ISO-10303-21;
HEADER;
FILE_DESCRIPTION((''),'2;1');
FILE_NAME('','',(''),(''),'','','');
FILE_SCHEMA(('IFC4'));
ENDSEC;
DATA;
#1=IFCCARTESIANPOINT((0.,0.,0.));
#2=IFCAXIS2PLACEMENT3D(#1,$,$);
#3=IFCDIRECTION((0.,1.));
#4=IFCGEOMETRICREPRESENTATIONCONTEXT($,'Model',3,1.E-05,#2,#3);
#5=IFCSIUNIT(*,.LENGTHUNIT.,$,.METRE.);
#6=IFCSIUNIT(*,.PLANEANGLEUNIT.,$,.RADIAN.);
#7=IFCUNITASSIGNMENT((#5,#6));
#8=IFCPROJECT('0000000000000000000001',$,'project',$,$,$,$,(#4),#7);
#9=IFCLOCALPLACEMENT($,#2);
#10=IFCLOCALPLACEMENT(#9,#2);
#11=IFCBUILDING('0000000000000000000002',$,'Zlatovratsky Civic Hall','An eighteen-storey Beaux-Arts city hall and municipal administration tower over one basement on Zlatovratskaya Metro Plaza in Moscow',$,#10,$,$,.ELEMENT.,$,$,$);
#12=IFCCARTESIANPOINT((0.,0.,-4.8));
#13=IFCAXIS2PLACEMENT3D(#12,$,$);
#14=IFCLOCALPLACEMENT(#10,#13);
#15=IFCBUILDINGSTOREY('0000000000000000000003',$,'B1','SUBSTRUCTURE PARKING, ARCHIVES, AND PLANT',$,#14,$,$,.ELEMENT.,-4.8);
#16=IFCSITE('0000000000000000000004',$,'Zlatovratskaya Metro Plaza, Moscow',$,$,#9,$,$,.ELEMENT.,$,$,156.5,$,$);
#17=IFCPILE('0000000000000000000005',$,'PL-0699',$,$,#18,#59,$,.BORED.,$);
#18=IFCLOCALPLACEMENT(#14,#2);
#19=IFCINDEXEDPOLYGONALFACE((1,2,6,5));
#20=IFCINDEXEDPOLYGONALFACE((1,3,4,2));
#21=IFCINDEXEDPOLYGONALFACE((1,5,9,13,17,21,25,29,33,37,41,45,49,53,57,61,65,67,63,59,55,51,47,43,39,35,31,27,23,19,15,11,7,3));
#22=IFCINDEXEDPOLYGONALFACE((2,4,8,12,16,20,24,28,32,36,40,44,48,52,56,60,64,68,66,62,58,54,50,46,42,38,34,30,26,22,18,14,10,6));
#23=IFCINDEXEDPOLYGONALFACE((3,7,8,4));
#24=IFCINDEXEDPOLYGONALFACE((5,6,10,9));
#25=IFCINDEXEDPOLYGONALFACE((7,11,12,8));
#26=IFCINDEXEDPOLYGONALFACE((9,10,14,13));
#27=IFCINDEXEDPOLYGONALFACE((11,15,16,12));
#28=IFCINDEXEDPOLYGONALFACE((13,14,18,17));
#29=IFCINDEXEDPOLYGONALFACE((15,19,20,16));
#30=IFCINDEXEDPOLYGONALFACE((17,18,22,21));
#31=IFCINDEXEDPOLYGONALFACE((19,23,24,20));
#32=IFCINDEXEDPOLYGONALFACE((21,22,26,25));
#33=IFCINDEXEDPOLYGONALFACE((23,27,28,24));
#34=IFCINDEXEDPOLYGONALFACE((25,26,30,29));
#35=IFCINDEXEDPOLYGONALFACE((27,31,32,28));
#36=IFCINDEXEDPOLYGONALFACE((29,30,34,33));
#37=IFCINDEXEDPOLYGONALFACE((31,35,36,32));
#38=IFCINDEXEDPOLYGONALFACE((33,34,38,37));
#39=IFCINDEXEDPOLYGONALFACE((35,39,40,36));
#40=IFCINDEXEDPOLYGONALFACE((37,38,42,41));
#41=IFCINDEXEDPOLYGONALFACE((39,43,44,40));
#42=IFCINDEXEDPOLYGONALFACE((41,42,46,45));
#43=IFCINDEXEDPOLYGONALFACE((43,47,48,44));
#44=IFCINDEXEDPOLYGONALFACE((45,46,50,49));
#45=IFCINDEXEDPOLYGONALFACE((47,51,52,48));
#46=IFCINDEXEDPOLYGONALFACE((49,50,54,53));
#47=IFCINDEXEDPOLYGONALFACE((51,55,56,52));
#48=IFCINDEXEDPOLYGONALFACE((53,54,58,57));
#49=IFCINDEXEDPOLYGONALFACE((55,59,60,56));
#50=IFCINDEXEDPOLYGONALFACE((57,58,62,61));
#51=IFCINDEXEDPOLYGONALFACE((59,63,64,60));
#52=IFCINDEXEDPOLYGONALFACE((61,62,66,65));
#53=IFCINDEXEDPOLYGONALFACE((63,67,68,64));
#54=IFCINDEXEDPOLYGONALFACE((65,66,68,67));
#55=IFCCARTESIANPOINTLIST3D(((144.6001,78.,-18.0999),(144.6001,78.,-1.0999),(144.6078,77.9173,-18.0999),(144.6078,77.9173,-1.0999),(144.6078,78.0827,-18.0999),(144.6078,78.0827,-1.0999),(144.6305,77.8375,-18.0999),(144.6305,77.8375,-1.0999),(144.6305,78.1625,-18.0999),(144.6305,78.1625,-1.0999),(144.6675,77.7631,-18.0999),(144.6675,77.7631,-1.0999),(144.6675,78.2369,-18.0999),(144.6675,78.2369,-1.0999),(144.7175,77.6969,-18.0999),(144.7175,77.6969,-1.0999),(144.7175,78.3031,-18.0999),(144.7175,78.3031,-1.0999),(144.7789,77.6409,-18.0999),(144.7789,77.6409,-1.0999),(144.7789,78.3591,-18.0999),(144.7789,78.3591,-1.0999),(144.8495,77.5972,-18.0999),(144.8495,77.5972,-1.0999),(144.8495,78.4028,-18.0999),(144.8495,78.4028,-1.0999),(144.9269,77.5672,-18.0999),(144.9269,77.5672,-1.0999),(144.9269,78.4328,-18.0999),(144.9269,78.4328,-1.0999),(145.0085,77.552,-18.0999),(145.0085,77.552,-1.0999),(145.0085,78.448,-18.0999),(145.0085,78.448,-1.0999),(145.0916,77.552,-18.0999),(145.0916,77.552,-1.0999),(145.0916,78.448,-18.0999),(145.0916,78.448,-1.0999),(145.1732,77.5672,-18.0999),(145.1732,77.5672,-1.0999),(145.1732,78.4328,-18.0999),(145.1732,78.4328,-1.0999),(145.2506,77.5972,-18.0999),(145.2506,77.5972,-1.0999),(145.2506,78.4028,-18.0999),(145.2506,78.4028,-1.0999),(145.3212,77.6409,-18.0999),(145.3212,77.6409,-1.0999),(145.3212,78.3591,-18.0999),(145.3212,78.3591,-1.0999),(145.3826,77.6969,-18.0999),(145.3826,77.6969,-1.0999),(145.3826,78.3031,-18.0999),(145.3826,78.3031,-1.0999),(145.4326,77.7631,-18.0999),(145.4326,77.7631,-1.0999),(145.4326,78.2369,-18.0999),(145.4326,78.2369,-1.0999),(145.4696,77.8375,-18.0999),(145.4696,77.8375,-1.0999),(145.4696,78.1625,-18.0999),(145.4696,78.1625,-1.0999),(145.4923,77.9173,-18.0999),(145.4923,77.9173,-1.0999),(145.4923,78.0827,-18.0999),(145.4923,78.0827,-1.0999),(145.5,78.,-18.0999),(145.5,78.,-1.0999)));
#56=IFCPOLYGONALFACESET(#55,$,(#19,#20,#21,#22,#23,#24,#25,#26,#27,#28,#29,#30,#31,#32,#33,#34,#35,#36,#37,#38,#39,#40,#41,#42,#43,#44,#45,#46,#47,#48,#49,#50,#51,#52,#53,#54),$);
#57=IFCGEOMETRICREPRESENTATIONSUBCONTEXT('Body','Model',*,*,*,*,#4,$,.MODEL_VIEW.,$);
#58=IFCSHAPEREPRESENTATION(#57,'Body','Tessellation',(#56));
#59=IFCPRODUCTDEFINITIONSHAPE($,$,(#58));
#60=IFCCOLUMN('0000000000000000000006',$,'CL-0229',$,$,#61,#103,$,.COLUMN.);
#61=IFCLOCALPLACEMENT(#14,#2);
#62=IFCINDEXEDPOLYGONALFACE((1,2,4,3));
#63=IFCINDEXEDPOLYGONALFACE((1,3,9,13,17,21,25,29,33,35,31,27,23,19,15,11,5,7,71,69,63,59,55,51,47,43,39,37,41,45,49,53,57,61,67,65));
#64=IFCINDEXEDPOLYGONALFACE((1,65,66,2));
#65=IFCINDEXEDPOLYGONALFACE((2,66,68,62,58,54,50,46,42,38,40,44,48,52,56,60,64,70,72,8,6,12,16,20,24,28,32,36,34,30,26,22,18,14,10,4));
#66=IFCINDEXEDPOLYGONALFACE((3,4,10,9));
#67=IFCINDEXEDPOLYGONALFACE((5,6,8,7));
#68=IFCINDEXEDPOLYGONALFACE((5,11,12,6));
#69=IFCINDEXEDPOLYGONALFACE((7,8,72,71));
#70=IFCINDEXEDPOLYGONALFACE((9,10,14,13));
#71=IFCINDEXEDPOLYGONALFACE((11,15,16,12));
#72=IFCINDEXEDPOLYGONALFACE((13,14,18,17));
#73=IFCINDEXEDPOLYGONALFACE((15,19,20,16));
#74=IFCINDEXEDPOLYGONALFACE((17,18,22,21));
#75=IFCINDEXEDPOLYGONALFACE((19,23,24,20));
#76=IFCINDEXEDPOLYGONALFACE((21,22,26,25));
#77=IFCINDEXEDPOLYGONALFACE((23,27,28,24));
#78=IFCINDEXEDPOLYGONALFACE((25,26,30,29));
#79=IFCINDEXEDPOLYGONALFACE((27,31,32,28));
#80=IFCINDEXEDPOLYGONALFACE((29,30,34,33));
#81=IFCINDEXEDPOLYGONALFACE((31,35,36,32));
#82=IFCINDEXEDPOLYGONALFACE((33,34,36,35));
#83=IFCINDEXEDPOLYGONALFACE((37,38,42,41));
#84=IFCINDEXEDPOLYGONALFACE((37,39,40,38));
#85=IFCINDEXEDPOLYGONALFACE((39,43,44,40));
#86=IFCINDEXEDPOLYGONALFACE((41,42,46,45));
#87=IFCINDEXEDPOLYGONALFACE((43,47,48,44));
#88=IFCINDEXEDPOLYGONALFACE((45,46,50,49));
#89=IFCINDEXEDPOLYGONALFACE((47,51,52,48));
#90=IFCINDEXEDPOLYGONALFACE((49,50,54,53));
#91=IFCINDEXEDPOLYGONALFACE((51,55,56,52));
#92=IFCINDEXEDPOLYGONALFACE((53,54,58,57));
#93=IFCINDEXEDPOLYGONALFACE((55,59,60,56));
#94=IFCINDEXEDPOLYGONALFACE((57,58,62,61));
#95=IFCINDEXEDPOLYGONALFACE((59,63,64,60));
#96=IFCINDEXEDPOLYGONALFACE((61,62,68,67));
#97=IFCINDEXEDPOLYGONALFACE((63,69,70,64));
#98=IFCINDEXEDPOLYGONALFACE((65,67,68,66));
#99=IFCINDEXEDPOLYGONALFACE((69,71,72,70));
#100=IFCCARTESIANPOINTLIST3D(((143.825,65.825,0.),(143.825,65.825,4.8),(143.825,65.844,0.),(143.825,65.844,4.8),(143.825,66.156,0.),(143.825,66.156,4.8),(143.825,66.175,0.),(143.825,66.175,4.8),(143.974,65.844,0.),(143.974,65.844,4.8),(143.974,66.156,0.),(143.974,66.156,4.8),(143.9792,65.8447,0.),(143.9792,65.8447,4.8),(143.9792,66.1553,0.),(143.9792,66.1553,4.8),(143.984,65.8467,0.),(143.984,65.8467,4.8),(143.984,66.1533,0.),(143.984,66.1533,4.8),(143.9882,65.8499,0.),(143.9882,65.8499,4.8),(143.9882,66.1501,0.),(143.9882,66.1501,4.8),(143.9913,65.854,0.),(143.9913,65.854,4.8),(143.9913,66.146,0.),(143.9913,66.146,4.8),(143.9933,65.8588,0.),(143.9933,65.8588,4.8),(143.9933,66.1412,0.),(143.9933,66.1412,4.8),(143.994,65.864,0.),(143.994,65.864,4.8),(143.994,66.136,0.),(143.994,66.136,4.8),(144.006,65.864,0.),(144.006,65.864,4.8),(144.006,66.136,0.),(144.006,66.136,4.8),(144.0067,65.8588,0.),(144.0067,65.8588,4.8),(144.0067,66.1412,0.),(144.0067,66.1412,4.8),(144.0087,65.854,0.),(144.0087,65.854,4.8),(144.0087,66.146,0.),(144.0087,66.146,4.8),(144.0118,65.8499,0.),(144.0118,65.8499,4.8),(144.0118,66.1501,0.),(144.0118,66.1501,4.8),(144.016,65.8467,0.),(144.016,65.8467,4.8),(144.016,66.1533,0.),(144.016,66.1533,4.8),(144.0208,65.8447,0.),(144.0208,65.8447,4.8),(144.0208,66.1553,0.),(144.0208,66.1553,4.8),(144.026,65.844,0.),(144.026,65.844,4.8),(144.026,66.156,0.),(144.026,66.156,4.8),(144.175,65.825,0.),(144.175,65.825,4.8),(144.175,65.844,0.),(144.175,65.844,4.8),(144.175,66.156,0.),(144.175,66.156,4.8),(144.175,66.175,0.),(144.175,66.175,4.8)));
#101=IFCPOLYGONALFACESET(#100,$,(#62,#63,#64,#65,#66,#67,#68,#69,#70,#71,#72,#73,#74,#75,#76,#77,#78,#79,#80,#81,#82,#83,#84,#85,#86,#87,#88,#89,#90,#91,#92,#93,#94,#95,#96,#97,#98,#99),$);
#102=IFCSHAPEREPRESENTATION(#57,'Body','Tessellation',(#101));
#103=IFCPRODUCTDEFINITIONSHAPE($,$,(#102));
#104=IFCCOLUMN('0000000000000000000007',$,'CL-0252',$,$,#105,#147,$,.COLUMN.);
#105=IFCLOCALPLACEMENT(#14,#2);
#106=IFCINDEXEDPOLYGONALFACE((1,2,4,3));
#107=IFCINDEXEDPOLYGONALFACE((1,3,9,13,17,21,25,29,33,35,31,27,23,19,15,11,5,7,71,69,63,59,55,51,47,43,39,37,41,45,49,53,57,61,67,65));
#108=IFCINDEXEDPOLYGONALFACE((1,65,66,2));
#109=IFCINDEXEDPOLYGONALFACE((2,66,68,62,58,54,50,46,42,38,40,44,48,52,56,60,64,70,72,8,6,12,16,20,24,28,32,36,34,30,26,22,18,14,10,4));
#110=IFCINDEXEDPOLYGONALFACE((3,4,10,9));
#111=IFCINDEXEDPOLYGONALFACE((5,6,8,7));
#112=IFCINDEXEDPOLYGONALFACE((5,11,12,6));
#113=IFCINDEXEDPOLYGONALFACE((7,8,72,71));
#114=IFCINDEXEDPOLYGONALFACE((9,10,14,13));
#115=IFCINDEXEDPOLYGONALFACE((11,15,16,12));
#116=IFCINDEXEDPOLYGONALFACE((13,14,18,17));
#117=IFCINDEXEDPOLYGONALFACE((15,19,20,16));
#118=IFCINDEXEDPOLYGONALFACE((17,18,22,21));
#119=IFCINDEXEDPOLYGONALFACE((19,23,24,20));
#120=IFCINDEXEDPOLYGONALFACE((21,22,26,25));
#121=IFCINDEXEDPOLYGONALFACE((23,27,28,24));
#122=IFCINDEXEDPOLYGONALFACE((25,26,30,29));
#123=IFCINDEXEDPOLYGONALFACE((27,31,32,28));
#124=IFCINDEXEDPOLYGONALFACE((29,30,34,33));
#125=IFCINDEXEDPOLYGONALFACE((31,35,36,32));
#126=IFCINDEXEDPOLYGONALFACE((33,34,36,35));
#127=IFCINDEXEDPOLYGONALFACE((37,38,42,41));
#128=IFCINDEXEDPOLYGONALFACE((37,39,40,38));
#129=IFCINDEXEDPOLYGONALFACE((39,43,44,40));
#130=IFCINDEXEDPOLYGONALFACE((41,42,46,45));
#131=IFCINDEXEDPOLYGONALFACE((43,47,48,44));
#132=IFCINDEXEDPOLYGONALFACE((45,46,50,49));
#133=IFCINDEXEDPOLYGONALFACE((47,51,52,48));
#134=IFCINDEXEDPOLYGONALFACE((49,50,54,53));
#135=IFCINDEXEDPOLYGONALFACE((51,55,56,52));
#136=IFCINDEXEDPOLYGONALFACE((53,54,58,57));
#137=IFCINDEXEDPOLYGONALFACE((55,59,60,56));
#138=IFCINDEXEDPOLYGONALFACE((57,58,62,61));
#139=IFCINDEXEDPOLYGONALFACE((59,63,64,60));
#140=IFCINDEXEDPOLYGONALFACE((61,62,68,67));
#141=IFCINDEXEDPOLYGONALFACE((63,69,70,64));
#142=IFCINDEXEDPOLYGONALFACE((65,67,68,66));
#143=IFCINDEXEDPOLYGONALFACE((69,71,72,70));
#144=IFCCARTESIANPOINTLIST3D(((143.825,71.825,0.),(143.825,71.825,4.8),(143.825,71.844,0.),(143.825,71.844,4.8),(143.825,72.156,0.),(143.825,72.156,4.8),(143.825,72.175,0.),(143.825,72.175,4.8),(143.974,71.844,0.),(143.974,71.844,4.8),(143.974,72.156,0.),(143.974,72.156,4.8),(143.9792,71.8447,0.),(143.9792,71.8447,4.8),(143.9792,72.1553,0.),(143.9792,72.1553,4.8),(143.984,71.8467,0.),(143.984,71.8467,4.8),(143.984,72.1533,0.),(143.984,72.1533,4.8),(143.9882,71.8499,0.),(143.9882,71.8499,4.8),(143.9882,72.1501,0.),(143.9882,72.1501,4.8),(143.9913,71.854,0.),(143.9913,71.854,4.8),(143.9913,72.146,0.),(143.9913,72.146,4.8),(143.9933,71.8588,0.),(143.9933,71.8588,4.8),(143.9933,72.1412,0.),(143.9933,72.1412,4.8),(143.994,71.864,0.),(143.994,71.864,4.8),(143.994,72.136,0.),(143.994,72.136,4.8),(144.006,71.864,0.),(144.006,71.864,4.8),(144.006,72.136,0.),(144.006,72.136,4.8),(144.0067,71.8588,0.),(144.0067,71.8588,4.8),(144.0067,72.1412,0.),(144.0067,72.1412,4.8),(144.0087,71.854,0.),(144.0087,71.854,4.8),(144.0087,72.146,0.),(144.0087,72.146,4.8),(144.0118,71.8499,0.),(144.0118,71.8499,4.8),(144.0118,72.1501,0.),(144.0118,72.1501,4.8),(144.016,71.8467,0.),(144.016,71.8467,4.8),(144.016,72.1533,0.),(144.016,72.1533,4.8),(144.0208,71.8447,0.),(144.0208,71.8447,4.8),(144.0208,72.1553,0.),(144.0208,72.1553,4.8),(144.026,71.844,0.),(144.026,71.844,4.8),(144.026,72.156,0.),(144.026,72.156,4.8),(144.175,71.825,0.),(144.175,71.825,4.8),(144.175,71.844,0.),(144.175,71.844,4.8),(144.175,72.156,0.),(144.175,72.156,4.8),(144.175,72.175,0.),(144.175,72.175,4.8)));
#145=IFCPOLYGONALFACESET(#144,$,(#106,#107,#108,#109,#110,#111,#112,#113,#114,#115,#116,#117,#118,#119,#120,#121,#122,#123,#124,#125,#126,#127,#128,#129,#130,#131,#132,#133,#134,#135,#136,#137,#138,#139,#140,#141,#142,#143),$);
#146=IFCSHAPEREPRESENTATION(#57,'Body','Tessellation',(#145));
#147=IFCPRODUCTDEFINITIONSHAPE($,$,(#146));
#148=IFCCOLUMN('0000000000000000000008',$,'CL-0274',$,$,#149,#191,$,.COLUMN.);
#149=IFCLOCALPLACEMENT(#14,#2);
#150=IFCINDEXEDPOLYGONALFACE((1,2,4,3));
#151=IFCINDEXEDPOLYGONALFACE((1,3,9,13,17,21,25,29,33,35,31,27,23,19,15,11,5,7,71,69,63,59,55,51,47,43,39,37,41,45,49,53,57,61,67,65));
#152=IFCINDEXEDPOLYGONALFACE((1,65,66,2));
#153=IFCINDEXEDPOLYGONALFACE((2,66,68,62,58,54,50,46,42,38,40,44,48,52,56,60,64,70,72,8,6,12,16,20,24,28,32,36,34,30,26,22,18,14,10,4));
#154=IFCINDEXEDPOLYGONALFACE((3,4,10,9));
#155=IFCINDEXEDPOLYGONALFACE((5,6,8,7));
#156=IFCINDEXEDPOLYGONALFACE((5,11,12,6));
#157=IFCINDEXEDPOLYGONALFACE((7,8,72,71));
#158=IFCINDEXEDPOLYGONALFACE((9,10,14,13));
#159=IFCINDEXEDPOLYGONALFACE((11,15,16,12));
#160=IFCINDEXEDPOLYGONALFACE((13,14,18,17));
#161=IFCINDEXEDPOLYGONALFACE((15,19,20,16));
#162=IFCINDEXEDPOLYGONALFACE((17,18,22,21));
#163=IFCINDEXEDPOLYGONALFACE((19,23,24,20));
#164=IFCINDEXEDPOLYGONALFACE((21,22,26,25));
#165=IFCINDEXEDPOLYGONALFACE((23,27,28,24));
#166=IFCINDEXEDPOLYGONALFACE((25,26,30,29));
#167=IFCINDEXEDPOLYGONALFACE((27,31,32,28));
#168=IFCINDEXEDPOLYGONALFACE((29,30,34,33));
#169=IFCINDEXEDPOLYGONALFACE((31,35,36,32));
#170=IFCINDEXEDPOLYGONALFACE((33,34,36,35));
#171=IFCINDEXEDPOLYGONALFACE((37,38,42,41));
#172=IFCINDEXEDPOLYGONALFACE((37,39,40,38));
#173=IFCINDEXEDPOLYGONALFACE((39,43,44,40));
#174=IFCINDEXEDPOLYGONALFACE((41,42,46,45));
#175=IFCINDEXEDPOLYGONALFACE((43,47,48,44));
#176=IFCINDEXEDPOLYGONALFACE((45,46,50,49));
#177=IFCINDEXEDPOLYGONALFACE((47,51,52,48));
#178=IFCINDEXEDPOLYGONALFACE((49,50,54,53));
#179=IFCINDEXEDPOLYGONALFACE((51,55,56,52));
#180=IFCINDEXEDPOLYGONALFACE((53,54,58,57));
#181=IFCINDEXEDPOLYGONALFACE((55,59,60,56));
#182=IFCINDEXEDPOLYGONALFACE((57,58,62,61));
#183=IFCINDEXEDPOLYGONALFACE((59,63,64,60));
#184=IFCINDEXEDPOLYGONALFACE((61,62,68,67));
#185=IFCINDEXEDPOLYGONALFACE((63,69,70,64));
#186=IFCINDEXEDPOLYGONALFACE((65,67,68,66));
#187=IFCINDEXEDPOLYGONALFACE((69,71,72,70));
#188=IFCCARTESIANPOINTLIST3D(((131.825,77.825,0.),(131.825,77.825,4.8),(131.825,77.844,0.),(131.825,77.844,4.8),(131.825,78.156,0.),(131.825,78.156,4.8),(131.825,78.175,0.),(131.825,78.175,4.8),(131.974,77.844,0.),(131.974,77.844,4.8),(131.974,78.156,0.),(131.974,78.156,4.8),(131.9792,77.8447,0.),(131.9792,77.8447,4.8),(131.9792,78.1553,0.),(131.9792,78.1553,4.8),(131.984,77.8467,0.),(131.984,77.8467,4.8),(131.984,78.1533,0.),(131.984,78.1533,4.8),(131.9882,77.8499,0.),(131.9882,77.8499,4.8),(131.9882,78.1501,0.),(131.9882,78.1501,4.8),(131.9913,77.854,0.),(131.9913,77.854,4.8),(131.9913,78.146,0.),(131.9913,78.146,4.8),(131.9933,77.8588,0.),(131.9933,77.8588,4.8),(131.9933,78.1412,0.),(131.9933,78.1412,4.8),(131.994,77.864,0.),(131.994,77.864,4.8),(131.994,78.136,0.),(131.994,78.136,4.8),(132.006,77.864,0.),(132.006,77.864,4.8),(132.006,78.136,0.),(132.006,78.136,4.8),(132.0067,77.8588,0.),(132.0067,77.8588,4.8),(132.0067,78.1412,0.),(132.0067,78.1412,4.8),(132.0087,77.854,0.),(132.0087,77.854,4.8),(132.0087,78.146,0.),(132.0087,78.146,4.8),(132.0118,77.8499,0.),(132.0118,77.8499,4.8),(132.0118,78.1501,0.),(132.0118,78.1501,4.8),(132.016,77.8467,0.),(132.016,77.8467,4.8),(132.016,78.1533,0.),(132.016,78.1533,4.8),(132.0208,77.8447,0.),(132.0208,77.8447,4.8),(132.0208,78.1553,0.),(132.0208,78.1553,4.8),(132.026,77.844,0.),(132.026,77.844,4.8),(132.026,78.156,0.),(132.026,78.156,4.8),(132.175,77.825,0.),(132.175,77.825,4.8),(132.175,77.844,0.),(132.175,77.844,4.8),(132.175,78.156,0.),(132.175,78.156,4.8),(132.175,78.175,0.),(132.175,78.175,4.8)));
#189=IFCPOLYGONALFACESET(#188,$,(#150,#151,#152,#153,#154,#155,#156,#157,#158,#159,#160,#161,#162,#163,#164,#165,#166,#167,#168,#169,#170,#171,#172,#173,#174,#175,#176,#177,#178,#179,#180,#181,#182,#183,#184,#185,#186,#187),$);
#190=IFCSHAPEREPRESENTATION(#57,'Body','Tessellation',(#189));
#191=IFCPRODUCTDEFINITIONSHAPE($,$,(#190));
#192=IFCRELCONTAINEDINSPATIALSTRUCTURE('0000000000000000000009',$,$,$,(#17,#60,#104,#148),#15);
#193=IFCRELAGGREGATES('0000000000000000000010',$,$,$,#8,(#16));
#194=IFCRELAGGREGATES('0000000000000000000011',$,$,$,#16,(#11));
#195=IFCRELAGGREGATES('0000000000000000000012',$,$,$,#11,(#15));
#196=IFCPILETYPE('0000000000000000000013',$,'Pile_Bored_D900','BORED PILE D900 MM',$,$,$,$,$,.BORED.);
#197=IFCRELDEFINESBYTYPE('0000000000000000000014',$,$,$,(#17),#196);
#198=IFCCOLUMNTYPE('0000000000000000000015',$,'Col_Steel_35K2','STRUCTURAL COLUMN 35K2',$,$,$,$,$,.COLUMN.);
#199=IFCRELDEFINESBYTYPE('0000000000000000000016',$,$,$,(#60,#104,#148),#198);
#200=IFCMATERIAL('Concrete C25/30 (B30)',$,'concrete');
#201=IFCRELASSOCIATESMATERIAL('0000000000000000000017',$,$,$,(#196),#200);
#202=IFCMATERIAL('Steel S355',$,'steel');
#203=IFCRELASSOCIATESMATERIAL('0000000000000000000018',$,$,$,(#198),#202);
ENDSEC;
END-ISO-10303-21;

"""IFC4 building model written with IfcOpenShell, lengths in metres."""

from ifc_helpers import new_model, si_unit, direction, frame, origin, origin_2d, place, context, subcontext, project, spatial, circle, i_section, extrude, material, material_profile, profile_set, type_object, element, save


model = new_model("IFC4")

# Units and contexts
model_context = context("Model", 3, precision=1e-05, world=origin(), true_north=direction((0.0, 1.0)))
body_context = subcontext(model_context, "Body", "Model", "MODEL_VIEW")
ifc_project = project(units=[si_unit("LENGTHUNIT", "METRE"), si_unit("PLANEANGLEUNIT", "RADIAN")], contexts=[model_context])

# Site, building, storey
site_placement = place(None, origin())
site = spatial("IfcSite", under=ifc_project, at=site_placement, Name="Zlatovratskaya Metro Plaza, Moscow", CompositionType="ELEMENT", RefElevation=156.5)
building_placement = place(site_placement, origin())
building = spatial("IfcBuilding", under=site, at=building_placement, Name="Zlatovratsky Civic Hall", Description="An eighteen-storey Beaux-Arts city hall and municipal administration tower over one basement on Zlatovratskaya Metro Plaza in Moscow", CompositionType="ELEMENT")
storey_placement = place(building_placement, frame((0.0, 0.0, -4.8)))
storey = spatial("IfcBuildingStorey", under=building, at=storey_placement, Name="B1", Description="SUBSTRUCTURE PARKING, ARCHIVES, AND PLANT", CompositionType="ELEMENT", Elevation=-4.8)

# Shared definitions
ifc_material_1 = material(Name="Concrete C25/30 (B30)", Category="concrete")

# Pile
ifc_material_profile_1 = material_profile(ifc_material_1, circle(Radius=0.45, at=origin_2d()), Name="PILE D900")
ifc_profile_set_1 = profile_set([ifc_material_profile_1], Name="Concrete C25/30 (B30)")
pile_type_1 = type_object("IfcPileType", Name="Pile_Bored_D900", Description="BORED PILE D900 MM", PredefinedType="BORED", material=ifc_profile_set_1)
for number, where, z_axis, x_axis, name in (
    (1, (145.05, 78.0, -1.0999), (0.0, 0.0, -1.0), (1.0, 0.0, 0.0), "PL-0699"),
):
    element("IfcPile", number, at=place(storey_placement, frame(where, z_axis=z_axis, x_axis=x_axis)), inside=storey, type_object=pile_type_1, Name=name, PredefinedType="BORED", context=body_context, shape_type="SweptSolid", body=[
        extrude(circle(Radius=0.45, at=origin_2d()), origin(), (0.0, 0.0, 1.0), 17.0),
    ])

# Columns
ifc_material_2 = material(Name="Steel S355", Category="steel")
ifc_material_profile_2 = material_profile(ifc_material_2, i_section(OverallWidth=0.3501, OverallDepth=0.3501, WebThickness=0.012, FlangeThickness=0.019, FilletRadius=0.02, at=origin_2d()), Name="35K2")
ifc_profile_set_2 = profile_set([ifc_material_profile_2], Name="Steel S355")
column_type = type_object("IfcColumnType", Name="Col_Steel_35K2", Description="STRUCTURAL COLUMN 35K2", PredefinedType="COLUMN", material=ifc_profile_set_2)
for number, where, z_axis, x_axis, name in (
    (2, (144.0, 66.0, 0.0), (0.0, 0.0, 1.0), (1.0, 0.0, 0.0), "CL-0229"),
    (3, (144.0, 72.0, 0.0), (0.0, 0.0, 1.0), (1.0, 0.0, 0.0), "CL-0252"),
    (4, (132.0, 78.0, 0.0), (0.0, 0.0, 1.0), (1.0, 0.0, 0.0), "CL-0274"),
):
    element("IfcColumn", number, at=place(storey_placement, frame(where, z_axis=z_axis, x_axis=x_axis)), inside=storey, type_object=column_type, Name=name, PredefinedType="COLUMN", context=body_context, shape_type="SweptSolid", body=[
        extrude(i_section(OverallWidth=0.3501, OverallDepth=0.3501, WebThickness=0.012, FlangeThickness=0.019, FilletRadius=0.02, at=origin_2d()), origin(), (0.0, 0.0, 1.0), 4.8),
    ])

save(model, "model.ifc")
